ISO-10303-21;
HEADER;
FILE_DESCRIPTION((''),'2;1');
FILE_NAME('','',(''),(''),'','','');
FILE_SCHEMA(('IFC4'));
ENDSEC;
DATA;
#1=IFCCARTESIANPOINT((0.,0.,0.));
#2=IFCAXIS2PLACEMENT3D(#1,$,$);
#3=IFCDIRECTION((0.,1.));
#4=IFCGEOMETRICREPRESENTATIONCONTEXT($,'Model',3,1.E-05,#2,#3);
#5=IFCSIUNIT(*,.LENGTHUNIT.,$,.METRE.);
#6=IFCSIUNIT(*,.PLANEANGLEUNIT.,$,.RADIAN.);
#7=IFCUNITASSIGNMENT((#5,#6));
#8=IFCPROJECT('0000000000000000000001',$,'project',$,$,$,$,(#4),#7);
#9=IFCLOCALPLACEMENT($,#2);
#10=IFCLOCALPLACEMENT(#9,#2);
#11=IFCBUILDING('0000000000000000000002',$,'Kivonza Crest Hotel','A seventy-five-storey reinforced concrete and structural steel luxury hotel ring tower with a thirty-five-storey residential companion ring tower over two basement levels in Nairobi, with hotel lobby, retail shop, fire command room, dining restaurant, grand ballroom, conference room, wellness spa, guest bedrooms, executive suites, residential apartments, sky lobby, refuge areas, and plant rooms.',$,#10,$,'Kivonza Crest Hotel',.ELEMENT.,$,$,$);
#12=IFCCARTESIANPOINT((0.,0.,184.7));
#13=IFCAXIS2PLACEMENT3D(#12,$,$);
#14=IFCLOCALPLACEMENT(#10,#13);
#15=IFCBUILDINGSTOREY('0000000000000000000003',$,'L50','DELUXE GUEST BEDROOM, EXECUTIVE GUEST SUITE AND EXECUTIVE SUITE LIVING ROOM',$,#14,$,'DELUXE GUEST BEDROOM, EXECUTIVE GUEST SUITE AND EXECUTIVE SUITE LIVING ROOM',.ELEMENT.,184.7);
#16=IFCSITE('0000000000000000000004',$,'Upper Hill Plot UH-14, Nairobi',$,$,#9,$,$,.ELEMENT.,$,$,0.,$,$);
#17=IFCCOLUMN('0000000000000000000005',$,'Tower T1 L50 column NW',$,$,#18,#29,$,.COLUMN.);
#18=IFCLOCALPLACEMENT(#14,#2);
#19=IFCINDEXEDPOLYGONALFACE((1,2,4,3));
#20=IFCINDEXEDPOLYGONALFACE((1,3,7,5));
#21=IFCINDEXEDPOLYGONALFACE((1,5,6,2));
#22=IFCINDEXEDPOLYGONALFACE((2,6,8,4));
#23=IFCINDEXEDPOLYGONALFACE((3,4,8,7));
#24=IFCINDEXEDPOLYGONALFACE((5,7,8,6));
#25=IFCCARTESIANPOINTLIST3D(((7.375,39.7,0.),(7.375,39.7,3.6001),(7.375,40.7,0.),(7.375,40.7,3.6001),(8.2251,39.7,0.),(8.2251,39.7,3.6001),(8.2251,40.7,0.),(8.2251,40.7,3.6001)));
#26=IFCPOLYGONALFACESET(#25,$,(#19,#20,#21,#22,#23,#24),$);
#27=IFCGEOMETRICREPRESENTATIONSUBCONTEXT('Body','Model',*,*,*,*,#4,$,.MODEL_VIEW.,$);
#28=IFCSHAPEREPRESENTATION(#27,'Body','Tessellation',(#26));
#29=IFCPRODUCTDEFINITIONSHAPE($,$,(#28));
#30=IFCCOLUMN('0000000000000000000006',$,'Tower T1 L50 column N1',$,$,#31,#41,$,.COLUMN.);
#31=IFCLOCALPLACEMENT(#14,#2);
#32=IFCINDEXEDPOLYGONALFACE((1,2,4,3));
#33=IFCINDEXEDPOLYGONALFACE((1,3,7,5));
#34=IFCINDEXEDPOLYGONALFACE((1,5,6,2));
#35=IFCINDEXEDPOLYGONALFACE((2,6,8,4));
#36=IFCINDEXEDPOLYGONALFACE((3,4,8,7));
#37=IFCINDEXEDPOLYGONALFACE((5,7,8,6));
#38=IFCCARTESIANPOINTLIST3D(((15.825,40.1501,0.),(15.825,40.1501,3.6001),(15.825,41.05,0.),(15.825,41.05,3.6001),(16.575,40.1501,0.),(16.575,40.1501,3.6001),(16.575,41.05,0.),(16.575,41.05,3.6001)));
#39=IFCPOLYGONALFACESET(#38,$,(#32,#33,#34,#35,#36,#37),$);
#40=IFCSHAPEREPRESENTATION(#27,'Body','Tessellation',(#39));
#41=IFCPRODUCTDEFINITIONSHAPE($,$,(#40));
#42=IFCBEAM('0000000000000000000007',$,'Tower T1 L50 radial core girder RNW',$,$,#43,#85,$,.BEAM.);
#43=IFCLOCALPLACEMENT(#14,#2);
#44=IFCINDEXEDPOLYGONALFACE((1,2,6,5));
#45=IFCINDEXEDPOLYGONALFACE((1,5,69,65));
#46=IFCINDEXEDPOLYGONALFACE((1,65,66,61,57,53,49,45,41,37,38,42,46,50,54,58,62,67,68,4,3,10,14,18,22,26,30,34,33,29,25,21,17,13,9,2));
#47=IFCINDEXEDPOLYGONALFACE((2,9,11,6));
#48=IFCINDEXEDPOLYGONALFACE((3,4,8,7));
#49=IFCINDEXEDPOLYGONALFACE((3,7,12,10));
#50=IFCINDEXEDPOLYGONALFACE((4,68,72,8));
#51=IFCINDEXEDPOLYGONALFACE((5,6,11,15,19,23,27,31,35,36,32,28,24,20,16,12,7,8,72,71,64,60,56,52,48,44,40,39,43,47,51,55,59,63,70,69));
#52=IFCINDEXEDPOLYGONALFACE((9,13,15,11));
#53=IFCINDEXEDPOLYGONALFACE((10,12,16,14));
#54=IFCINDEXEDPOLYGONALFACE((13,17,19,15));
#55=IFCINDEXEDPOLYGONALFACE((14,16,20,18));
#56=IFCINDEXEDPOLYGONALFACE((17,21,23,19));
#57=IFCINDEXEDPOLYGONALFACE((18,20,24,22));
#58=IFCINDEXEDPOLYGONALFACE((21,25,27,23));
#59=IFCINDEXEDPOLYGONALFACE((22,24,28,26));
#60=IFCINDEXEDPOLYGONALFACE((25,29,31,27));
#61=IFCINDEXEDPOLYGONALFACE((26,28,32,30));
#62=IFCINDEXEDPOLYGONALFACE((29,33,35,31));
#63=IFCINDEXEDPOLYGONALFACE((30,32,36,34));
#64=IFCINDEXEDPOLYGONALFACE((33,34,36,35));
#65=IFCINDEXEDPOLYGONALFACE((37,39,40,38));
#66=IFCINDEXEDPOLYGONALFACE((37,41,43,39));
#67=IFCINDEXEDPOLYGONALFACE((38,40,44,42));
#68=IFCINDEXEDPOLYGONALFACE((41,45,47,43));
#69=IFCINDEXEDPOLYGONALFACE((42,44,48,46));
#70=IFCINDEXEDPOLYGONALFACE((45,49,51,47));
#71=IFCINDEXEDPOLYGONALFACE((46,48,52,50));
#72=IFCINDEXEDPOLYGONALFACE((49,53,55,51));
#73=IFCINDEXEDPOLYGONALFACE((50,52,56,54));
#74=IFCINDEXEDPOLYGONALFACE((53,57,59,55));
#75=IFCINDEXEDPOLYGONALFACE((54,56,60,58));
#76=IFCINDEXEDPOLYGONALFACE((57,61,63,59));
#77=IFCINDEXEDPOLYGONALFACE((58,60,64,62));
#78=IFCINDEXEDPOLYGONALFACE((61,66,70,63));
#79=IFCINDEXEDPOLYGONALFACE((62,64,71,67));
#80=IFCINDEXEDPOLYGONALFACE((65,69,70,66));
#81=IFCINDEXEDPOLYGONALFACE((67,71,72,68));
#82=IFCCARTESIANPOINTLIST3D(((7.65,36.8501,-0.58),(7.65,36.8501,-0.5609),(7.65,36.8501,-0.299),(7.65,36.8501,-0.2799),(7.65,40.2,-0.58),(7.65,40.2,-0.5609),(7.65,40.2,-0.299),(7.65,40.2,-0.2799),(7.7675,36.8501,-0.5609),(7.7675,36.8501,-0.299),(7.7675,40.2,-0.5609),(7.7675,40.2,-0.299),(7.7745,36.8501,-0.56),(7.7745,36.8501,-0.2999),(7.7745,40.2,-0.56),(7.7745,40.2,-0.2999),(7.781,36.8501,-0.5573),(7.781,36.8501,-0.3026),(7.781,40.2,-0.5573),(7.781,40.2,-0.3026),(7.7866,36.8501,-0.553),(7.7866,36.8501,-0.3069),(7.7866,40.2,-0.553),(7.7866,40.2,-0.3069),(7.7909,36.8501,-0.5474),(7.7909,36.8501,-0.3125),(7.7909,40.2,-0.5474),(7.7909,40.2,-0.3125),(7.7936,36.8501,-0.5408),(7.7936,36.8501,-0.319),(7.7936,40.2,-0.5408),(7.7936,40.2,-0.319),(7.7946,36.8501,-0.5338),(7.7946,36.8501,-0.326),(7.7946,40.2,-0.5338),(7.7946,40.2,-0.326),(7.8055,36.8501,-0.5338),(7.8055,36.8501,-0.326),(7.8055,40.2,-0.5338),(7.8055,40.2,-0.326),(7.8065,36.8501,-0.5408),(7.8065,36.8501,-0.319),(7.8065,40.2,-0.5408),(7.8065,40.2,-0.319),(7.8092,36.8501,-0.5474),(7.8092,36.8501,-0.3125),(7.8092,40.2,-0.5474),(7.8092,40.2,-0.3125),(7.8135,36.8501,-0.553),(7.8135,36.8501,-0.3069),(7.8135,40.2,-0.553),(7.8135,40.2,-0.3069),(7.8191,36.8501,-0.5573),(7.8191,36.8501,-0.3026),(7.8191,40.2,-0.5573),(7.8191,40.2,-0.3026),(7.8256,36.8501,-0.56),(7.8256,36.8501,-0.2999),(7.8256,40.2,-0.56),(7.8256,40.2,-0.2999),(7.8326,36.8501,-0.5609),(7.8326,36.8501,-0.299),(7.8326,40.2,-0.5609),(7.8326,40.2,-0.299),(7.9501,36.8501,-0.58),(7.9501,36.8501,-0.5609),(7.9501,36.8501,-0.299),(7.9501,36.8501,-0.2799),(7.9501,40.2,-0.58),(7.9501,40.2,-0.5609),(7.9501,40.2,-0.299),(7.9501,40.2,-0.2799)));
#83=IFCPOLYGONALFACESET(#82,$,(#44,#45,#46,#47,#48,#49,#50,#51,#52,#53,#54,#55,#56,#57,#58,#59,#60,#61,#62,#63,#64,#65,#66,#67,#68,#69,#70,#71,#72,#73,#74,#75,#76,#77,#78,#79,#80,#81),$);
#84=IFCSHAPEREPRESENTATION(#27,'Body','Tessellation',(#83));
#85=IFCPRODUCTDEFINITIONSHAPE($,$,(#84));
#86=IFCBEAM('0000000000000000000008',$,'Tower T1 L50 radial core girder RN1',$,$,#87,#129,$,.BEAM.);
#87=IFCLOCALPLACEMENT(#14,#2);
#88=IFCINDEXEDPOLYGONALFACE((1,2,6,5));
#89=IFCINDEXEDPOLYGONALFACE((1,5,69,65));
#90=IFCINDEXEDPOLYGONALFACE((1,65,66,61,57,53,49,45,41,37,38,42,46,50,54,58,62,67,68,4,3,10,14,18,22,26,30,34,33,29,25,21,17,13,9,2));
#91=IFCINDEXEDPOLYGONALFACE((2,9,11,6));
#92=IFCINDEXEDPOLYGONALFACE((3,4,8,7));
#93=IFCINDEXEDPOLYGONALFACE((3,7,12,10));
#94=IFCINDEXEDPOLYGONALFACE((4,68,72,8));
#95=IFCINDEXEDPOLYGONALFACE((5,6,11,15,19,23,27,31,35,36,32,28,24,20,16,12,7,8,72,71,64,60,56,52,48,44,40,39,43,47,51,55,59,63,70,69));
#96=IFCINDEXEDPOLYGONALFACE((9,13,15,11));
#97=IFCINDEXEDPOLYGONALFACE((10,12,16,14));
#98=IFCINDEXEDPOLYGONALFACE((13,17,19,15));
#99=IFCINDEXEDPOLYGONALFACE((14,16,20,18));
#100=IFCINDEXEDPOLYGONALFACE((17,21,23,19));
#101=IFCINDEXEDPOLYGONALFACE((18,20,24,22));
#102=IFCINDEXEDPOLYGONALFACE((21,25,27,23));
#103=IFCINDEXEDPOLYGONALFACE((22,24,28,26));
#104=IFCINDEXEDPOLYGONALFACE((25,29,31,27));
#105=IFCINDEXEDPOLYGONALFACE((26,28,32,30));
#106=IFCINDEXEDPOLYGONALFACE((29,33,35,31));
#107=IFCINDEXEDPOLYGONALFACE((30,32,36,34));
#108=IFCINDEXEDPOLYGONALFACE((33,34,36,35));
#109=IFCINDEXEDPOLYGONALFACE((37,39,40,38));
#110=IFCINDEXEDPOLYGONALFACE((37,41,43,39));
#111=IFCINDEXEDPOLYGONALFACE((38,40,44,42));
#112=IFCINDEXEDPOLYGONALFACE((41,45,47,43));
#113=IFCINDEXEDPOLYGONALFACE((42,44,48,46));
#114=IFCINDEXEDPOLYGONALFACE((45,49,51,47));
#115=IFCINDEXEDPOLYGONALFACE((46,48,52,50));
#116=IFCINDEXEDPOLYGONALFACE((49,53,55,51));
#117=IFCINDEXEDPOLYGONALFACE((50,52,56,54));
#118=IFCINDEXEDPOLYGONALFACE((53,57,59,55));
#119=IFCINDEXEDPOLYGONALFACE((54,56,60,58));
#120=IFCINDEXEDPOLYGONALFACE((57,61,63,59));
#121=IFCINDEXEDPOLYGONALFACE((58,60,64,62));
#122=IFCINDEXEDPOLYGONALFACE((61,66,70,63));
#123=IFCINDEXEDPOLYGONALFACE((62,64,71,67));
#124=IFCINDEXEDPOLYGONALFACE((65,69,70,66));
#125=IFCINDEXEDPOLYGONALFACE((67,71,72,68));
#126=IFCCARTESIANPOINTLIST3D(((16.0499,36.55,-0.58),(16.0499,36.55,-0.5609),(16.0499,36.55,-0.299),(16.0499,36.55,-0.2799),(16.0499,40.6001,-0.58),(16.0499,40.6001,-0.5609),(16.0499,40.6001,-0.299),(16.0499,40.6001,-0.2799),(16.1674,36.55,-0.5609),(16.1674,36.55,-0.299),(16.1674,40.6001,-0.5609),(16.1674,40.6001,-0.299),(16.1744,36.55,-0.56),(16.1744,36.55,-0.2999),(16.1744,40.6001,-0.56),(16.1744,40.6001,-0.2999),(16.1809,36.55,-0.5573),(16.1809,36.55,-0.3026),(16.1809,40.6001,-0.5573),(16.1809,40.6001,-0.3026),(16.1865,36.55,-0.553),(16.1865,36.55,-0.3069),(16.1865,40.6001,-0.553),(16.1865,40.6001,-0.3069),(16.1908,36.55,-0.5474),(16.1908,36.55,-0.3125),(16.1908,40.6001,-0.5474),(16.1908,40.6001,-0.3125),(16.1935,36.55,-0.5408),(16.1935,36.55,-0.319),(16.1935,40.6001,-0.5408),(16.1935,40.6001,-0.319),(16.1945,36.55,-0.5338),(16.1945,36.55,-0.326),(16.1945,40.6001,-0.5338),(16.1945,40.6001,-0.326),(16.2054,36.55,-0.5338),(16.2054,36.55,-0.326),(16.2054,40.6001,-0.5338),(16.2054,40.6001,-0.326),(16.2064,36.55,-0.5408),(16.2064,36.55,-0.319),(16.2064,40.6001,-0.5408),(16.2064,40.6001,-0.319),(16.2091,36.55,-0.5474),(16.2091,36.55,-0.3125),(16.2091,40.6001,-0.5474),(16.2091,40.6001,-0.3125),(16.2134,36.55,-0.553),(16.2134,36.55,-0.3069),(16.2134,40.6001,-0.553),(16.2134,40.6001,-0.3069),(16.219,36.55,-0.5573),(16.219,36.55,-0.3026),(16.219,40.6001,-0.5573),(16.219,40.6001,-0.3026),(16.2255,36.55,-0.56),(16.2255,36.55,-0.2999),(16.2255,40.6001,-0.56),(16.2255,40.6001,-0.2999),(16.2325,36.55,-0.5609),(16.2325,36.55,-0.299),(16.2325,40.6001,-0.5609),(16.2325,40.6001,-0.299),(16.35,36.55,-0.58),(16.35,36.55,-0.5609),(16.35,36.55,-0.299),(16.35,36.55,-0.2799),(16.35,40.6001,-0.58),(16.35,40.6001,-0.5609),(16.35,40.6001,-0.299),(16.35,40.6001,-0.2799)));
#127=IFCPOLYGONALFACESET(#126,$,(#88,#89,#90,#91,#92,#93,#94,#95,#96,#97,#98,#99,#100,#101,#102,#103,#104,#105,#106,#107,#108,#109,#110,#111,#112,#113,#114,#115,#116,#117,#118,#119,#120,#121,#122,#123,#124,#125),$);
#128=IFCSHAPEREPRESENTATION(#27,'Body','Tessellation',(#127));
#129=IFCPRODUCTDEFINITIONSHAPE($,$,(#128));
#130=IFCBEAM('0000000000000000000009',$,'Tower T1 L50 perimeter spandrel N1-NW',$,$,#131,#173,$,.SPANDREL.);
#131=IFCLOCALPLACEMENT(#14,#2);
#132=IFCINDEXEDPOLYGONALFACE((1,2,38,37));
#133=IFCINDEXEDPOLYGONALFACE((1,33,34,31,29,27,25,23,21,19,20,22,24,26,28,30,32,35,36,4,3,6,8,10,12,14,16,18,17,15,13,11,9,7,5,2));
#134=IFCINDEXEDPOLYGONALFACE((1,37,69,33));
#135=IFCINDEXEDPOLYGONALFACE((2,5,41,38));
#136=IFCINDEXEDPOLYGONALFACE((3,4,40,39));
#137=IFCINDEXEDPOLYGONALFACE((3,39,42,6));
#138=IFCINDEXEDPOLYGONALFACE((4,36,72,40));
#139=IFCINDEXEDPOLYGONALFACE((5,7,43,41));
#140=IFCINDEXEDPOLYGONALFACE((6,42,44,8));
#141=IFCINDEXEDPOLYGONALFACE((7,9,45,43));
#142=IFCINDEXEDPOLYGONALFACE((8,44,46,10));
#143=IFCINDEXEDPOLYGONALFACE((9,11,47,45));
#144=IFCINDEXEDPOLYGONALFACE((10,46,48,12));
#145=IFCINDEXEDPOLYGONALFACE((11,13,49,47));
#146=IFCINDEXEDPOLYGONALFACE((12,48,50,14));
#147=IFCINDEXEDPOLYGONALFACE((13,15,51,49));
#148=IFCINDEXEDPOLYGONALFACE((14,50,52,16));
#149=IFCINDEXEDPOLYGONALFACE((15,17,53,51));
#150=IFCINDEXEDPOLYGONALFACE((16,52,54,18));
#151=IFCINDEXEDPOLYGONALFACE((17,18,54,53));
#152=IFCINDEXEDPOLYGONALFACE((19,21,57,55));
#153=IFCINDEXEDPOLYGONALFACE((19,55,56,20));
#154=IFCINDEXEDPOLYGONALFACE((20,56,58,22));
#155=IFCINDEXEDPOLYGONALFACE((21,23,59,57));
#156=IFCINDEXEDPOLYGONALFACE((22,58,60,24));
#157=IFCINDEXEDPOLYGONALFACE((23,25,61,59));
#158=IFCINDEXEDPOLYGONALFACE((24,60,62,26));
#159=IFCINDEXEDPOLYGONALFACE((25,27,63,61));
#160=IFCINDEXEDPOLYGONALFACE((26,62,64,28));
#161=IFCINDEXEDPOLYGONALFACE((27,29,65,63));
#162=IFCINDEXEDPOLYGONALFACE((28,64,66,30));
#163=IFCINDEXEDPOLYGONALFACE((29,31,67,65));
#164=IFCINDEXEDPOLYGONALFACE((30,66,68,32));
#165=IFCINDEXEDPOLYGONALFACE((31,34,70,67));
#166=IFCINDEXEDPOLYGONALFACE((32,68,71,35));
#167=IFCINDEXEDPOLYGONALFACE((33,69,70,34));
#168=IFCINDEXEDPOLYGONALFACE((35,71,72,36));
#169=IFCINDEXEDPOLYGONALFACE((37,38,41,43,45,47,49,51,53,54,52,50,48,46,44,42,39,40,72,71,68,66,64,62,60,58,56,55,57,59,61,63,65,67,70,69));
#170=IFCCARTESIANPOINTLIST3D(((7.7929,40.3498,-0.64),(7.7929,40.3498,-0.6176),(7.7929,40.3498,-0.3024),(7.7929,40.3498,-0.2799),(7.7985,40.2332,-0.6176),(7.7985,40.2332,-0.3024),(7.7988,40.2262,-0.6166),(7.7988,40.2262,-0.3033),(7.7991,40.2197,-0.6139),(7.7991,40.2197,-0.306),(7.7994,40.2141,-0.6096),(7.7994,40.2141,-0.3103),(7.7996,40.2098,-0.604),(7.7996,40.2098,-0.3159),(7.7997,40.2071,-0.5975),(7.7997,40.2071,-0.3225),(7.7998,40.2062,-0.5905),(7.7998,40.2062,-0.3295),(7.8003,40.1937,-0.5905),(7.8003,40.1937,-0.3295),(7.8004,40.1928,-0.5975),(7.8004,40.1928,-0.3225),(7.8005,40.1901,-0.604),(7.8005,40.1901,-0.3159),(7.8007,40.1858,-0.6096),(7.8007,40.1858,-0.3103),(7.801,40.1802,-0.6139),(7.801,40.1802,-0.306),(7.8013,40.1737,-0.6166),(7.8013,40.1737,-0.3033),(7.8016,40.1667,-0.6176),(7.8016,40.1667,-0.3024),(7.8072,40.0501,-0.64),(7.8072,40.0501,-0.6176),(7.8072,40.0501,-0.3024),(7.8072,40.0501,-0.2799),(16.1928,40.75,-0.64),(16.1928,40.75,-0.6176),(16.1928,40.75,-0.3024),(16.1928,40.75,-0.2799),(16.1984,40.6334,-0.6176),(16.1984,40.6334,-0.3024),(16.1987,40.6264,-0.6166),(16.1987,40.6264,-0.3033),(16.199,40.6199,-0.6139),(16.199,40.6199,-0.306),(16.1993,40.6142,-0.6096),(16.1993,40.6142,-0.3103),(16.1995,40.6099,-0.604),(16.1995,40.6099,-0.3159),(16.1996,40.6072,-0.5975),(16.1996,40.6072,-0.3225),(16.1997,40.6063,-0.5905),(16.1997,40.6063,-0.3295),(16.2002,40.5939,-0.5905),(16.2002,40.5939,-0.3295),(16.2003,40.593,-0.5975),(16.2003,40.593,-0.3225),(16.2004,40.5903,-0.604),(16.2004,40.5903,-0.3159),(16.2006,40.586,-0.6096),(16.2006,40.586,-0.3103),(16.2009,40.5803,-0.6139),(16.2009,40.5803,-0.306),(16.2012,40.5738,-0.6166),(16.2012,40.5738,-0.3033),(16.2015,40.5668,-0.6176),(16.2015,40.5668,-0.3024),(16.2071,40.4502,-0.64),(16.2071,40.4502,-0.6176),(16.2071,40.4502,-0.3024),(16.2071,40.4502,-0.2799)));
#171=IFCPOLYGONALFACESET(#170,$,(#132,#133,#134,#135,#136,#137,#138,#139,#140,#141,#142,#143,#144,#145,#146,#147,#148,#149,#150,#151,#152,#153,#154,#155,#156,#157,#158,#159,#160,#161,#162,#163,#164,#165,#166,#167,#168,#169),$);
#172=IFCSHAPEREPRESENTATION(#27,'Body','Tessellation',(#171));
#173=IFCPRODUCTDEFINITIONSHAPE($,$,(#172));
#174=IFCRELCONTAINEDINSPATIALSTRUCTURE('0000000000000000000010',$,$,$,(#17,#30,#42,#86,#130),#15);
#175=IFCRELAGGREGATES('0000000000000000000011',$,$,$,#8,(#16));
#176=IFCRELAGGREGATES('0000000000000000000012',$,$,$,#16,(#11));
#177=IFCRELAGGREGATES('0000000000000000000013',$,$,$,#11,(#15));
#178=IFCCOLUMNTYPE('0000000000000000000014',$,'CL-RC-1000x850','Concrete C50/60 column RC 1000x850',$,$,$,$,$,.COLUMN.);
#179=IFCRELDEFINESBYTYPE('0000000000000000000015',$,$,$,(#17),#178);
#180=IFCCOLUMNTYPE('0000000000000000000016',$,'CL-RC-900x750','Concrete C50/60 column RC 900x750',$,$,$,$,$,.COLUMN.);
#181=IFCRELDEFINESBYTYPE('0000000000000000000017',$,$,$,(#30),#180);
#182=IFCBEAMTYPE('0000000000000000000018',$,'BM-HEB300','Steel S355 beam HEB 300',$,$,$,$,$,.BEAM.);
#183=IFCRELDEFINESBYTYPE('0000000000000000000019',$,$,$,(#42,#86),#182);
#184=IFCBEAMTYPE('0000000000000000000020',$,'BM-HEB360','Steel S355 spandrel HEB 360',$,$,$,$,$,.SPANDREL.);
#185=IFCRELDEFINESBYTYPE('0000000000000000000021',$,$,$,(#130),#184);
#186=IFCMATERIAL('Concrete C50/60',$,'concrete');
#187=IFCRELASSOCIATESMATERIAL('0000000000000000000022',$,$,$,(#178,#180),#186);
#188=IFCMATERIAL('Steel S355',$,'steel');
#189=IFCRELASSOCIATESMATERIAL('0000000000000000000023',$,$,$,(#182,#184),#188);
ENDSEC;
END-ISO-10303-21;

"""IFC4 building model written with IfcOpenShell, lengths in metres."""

from ifc_helpers import new_model, si_unit, direction, frame, origin, origin_2d, place, context, subcontext, project, spatial, rectangle, i_section, extrude, material, material_profile, profile_set, type_object, element, save


model = new_model("IFC4")

# Units and contexts
model_context = context("Model", 3, precision=1e-05, world=origin(), true_north=direction((0.0, 1.0)))
body_context = subcontext(model_context, "Body", "Model", "MODEL_VIEW")
ifc_project = project(units=[si_unit("LENGTHUNIT", "METRE"), si_unit("PLANEANGLEUNIT", "RADIAN")], contexts=[model_context])

# Site, building, storey
site_placement = place(None, origin())
site = spatial("IfcSite", under=ifc_project, at=site_placement, Name="Upper Hill Plot UH-14, Nairobi", CompositionType="ELEMENT", RefElevation=0.0)
building_placement = place(site_placement, origin())
building = spatial("IfcBuilding", under=site, at=building_placement, Name="Kivonza Crest Hotel", Description="A seventy-five-storey reinforced concrete and structural steel luxury hotel ring tower with a thirty-five-storey residential companion ring tower over two basement levels in Nairobi, with hotel lobby, retail shop, fire command room, dining restaurant, grand ballroom, conference room, wellness spa, guest bedrooms, executive suites, residential apartments, sky lobby, refuge areas, and plant rooms.", LongName="Kivonza Crest Hotel", CompositionType="ELEMENT")
storey_placement = place(building_placement, frame((0.0, 0.0, 184.7)))
storey = spatial("IfcBuildingStorey", under=building, at=storey_placement, Name="L50", Description="DELUXE GUEST BEDROOM, EXECUTIVE GUEST SUITE AND EXECUTIVE SUITE LIVING ROOM", LongName="DELUXE GUEST BEDROOM, EXECUTIVE GUEST SUITE AND EXECUTIVE SUITE LIVING ROOM", CompositionType="ELEMENT", Elevation=184.7)

# Columns
ifc_material_1 = material(Name="Concrete C50/60", Category="concrete")
ifc_material_profile_1 = material_profile(ifc_material_1, rectangle(XDim=0.8501, YDim=1.0, at=origin_2d()), Name="RC 1000x850")
ifc_profile_set_1 = profile_set([ifc_material_profile_1], Name="Concrete C50/60")
column_type_1 = type_object("IfcColumnType", Name="CL-RC-1000x850", Description="Concrete C50/60 column RC 1000x850", PredefinedType="COLUMN", material=ifc_profile_set_1)
column_1_placement = place(storey_placement, frame((7.8, 40.2, 0.0), z_axis=(0.0, 0.0, 1.0), x_axis=(1.0, 0.0, 0.0)))
element("IfcColumn", 1, at=column_1_placement, inside=storey, type_object=column_type_1, Name="Tower T1 L50 column NW", PredefinedType="COLUMN", context=body_context, shape_type="SweptSolid", body=[
    extrude(rectangle(XDim=0.8501, YDim=1.0, at=origin_2d()), origin(), (0.0, 0.0, 1.0), 3.6001),
])
ifc_material_profile_2 = material_profile(ifc_material_1, rectangle(XDim=0.75, YDim=0.8999, at=origin_2d()), Name="RC 900x750")
ifc_profile_set_2 = profile_set([ifc_material_profile_2], Name="Concrete C50/60")
column_type_2 = type_object("IfcColumnType", Name="CL-RC-900x750", Description="Concrete C50/60 column RC 900x750", PredefinedType="COLUMN", material=ifc_profile_set_2)
column_2_placement = place(storey_placement, frame((16.2, 40.6001, 0.0), z_axis=(0.0, 0.0, 1.0), x_axis=(1.0, 0.0, 0.0)))
element("IfcColumn", 2, at=column_2_placement, inside=storey, type_object=column_type_2, Name="Tower T1 L50 column N1", PredefinedType="COLUMN", context=body_context, shape_type="SweptSolid", body=[
    extrude(rectangle(XDim=0.75, YDim=0.8999, at=origin_2d()), origin(), (0.0, 0.0, 1.0), 3.6001),
])

# Beams
ifc_material_2 = material(Name="Steel S355", Category="steel")
ifc_material_profile_3 = material_profile(ifc_material_2, i_section(OverallWidth=0.3, OverallDepth=0.3, WebThickness=0.011, FlangeThickness=0.019, FilletRadius=0.0271, at=origin_2d()), Name="HEB 300")
ifc_profile_set_3 = profile_set([ifc_material_profile_3], Name="Steel S355")
beam_type_1 = type_object("IfcBeamType", Name="BM-HEB300", Description="Steel S355 beam HEB 300", PredefinedType="BEAM", material=ifc_profile_set_3)
beam_1_placement = place(storey_placement, frame((7.8, 40.2, -0.4299), z_axis=(0.0, -1.0, 0.0), x_axis=(1.0, 0.0, 0.0)))
element("IfcBeam", 3, at=beam_1_placement, inside=storey, type_object=beam_type_1, Name="Tower T1 L50 radial core girder RNW", PredefinedType="BEAM", context=body_context, shape_type="SweptSolid", body=[
    extrude(i_section(OverallWidth=0.3, OverallDepth=0.3, WebThickness=0.011, FlangeThickness=0.019, FilletRadius=0.0271, at=origin_2d()), origin(), (0.0, 0.0, 1.0), 3.3499),
])
beam_2_placement = place(storey_placement, frame((16.2, 40.6001, -0.4299), z_axis=(0.0, -1.0, 0.0), x_axis=(1.0, 0.0, 0.0)))
element("IfcBeam", 4, at=beam_2_placement, inside=storey, type_object=beam_type_1, Name="Tower T1 L50 radial core girder RN1", PredefinedType="BEAM", context=body_context, shape_type="SweptSolid", body=[
    extrude(i_section(OverallWidth=0.3, OverallDepth=0.3, WebThickness=0.011, FlangeThickness=0.019, FilletRadius=0.0271, at=origin_2d()), origin(), (0.0, 0.0, 1.0), 4.05),
])
ifc_material_profile_4 = material_profile(ifc_material_2, i_section(OverallWidth=0.3, OverallDepth=0.3601, WebThickness=0.0125, FlangeThickness=0.0225, FilletRadius=0.0271, at=origin_2d()), Name="HEB 360")
ifc_profile_set_4 = profile_set([ifc_material_profile_4], Name="Steel S355")
beam_type_2 = type_object("IfcBeamType", Name="BM-HEB360", Description="Steel S355 spandrel HEB 360", PredefinedType="SPANDREL", material=ifc_profile_set_4)
beam_3_placement = place(storey_placement, frame((16.2, 40.6001, -0.46), z_axis=(-0.998867, -0.047583, 0.0), x_axis=(0.047583, -0.998867, 0.0)))
element("IfcBeam", 5, at=beam_3_placement, inside=storey, type_object=beam_type_2, Name="Tower T1 L50 perimeter spandrel N1-NW", PredefinedType="SPANDREL", context=body_context, shape_type="SweptSolid", body=[
    extrude(i_section(OverallWidth=0.3, OverallDepth=0.3601, WebThickness=0.0125, FlangeThickness=0.0225, FilletRadius=0.0271, at=origin_2d()), origin(), (0.0, 0.0, 1.0), 8.4094),
])

save(model, "model.ifc")
